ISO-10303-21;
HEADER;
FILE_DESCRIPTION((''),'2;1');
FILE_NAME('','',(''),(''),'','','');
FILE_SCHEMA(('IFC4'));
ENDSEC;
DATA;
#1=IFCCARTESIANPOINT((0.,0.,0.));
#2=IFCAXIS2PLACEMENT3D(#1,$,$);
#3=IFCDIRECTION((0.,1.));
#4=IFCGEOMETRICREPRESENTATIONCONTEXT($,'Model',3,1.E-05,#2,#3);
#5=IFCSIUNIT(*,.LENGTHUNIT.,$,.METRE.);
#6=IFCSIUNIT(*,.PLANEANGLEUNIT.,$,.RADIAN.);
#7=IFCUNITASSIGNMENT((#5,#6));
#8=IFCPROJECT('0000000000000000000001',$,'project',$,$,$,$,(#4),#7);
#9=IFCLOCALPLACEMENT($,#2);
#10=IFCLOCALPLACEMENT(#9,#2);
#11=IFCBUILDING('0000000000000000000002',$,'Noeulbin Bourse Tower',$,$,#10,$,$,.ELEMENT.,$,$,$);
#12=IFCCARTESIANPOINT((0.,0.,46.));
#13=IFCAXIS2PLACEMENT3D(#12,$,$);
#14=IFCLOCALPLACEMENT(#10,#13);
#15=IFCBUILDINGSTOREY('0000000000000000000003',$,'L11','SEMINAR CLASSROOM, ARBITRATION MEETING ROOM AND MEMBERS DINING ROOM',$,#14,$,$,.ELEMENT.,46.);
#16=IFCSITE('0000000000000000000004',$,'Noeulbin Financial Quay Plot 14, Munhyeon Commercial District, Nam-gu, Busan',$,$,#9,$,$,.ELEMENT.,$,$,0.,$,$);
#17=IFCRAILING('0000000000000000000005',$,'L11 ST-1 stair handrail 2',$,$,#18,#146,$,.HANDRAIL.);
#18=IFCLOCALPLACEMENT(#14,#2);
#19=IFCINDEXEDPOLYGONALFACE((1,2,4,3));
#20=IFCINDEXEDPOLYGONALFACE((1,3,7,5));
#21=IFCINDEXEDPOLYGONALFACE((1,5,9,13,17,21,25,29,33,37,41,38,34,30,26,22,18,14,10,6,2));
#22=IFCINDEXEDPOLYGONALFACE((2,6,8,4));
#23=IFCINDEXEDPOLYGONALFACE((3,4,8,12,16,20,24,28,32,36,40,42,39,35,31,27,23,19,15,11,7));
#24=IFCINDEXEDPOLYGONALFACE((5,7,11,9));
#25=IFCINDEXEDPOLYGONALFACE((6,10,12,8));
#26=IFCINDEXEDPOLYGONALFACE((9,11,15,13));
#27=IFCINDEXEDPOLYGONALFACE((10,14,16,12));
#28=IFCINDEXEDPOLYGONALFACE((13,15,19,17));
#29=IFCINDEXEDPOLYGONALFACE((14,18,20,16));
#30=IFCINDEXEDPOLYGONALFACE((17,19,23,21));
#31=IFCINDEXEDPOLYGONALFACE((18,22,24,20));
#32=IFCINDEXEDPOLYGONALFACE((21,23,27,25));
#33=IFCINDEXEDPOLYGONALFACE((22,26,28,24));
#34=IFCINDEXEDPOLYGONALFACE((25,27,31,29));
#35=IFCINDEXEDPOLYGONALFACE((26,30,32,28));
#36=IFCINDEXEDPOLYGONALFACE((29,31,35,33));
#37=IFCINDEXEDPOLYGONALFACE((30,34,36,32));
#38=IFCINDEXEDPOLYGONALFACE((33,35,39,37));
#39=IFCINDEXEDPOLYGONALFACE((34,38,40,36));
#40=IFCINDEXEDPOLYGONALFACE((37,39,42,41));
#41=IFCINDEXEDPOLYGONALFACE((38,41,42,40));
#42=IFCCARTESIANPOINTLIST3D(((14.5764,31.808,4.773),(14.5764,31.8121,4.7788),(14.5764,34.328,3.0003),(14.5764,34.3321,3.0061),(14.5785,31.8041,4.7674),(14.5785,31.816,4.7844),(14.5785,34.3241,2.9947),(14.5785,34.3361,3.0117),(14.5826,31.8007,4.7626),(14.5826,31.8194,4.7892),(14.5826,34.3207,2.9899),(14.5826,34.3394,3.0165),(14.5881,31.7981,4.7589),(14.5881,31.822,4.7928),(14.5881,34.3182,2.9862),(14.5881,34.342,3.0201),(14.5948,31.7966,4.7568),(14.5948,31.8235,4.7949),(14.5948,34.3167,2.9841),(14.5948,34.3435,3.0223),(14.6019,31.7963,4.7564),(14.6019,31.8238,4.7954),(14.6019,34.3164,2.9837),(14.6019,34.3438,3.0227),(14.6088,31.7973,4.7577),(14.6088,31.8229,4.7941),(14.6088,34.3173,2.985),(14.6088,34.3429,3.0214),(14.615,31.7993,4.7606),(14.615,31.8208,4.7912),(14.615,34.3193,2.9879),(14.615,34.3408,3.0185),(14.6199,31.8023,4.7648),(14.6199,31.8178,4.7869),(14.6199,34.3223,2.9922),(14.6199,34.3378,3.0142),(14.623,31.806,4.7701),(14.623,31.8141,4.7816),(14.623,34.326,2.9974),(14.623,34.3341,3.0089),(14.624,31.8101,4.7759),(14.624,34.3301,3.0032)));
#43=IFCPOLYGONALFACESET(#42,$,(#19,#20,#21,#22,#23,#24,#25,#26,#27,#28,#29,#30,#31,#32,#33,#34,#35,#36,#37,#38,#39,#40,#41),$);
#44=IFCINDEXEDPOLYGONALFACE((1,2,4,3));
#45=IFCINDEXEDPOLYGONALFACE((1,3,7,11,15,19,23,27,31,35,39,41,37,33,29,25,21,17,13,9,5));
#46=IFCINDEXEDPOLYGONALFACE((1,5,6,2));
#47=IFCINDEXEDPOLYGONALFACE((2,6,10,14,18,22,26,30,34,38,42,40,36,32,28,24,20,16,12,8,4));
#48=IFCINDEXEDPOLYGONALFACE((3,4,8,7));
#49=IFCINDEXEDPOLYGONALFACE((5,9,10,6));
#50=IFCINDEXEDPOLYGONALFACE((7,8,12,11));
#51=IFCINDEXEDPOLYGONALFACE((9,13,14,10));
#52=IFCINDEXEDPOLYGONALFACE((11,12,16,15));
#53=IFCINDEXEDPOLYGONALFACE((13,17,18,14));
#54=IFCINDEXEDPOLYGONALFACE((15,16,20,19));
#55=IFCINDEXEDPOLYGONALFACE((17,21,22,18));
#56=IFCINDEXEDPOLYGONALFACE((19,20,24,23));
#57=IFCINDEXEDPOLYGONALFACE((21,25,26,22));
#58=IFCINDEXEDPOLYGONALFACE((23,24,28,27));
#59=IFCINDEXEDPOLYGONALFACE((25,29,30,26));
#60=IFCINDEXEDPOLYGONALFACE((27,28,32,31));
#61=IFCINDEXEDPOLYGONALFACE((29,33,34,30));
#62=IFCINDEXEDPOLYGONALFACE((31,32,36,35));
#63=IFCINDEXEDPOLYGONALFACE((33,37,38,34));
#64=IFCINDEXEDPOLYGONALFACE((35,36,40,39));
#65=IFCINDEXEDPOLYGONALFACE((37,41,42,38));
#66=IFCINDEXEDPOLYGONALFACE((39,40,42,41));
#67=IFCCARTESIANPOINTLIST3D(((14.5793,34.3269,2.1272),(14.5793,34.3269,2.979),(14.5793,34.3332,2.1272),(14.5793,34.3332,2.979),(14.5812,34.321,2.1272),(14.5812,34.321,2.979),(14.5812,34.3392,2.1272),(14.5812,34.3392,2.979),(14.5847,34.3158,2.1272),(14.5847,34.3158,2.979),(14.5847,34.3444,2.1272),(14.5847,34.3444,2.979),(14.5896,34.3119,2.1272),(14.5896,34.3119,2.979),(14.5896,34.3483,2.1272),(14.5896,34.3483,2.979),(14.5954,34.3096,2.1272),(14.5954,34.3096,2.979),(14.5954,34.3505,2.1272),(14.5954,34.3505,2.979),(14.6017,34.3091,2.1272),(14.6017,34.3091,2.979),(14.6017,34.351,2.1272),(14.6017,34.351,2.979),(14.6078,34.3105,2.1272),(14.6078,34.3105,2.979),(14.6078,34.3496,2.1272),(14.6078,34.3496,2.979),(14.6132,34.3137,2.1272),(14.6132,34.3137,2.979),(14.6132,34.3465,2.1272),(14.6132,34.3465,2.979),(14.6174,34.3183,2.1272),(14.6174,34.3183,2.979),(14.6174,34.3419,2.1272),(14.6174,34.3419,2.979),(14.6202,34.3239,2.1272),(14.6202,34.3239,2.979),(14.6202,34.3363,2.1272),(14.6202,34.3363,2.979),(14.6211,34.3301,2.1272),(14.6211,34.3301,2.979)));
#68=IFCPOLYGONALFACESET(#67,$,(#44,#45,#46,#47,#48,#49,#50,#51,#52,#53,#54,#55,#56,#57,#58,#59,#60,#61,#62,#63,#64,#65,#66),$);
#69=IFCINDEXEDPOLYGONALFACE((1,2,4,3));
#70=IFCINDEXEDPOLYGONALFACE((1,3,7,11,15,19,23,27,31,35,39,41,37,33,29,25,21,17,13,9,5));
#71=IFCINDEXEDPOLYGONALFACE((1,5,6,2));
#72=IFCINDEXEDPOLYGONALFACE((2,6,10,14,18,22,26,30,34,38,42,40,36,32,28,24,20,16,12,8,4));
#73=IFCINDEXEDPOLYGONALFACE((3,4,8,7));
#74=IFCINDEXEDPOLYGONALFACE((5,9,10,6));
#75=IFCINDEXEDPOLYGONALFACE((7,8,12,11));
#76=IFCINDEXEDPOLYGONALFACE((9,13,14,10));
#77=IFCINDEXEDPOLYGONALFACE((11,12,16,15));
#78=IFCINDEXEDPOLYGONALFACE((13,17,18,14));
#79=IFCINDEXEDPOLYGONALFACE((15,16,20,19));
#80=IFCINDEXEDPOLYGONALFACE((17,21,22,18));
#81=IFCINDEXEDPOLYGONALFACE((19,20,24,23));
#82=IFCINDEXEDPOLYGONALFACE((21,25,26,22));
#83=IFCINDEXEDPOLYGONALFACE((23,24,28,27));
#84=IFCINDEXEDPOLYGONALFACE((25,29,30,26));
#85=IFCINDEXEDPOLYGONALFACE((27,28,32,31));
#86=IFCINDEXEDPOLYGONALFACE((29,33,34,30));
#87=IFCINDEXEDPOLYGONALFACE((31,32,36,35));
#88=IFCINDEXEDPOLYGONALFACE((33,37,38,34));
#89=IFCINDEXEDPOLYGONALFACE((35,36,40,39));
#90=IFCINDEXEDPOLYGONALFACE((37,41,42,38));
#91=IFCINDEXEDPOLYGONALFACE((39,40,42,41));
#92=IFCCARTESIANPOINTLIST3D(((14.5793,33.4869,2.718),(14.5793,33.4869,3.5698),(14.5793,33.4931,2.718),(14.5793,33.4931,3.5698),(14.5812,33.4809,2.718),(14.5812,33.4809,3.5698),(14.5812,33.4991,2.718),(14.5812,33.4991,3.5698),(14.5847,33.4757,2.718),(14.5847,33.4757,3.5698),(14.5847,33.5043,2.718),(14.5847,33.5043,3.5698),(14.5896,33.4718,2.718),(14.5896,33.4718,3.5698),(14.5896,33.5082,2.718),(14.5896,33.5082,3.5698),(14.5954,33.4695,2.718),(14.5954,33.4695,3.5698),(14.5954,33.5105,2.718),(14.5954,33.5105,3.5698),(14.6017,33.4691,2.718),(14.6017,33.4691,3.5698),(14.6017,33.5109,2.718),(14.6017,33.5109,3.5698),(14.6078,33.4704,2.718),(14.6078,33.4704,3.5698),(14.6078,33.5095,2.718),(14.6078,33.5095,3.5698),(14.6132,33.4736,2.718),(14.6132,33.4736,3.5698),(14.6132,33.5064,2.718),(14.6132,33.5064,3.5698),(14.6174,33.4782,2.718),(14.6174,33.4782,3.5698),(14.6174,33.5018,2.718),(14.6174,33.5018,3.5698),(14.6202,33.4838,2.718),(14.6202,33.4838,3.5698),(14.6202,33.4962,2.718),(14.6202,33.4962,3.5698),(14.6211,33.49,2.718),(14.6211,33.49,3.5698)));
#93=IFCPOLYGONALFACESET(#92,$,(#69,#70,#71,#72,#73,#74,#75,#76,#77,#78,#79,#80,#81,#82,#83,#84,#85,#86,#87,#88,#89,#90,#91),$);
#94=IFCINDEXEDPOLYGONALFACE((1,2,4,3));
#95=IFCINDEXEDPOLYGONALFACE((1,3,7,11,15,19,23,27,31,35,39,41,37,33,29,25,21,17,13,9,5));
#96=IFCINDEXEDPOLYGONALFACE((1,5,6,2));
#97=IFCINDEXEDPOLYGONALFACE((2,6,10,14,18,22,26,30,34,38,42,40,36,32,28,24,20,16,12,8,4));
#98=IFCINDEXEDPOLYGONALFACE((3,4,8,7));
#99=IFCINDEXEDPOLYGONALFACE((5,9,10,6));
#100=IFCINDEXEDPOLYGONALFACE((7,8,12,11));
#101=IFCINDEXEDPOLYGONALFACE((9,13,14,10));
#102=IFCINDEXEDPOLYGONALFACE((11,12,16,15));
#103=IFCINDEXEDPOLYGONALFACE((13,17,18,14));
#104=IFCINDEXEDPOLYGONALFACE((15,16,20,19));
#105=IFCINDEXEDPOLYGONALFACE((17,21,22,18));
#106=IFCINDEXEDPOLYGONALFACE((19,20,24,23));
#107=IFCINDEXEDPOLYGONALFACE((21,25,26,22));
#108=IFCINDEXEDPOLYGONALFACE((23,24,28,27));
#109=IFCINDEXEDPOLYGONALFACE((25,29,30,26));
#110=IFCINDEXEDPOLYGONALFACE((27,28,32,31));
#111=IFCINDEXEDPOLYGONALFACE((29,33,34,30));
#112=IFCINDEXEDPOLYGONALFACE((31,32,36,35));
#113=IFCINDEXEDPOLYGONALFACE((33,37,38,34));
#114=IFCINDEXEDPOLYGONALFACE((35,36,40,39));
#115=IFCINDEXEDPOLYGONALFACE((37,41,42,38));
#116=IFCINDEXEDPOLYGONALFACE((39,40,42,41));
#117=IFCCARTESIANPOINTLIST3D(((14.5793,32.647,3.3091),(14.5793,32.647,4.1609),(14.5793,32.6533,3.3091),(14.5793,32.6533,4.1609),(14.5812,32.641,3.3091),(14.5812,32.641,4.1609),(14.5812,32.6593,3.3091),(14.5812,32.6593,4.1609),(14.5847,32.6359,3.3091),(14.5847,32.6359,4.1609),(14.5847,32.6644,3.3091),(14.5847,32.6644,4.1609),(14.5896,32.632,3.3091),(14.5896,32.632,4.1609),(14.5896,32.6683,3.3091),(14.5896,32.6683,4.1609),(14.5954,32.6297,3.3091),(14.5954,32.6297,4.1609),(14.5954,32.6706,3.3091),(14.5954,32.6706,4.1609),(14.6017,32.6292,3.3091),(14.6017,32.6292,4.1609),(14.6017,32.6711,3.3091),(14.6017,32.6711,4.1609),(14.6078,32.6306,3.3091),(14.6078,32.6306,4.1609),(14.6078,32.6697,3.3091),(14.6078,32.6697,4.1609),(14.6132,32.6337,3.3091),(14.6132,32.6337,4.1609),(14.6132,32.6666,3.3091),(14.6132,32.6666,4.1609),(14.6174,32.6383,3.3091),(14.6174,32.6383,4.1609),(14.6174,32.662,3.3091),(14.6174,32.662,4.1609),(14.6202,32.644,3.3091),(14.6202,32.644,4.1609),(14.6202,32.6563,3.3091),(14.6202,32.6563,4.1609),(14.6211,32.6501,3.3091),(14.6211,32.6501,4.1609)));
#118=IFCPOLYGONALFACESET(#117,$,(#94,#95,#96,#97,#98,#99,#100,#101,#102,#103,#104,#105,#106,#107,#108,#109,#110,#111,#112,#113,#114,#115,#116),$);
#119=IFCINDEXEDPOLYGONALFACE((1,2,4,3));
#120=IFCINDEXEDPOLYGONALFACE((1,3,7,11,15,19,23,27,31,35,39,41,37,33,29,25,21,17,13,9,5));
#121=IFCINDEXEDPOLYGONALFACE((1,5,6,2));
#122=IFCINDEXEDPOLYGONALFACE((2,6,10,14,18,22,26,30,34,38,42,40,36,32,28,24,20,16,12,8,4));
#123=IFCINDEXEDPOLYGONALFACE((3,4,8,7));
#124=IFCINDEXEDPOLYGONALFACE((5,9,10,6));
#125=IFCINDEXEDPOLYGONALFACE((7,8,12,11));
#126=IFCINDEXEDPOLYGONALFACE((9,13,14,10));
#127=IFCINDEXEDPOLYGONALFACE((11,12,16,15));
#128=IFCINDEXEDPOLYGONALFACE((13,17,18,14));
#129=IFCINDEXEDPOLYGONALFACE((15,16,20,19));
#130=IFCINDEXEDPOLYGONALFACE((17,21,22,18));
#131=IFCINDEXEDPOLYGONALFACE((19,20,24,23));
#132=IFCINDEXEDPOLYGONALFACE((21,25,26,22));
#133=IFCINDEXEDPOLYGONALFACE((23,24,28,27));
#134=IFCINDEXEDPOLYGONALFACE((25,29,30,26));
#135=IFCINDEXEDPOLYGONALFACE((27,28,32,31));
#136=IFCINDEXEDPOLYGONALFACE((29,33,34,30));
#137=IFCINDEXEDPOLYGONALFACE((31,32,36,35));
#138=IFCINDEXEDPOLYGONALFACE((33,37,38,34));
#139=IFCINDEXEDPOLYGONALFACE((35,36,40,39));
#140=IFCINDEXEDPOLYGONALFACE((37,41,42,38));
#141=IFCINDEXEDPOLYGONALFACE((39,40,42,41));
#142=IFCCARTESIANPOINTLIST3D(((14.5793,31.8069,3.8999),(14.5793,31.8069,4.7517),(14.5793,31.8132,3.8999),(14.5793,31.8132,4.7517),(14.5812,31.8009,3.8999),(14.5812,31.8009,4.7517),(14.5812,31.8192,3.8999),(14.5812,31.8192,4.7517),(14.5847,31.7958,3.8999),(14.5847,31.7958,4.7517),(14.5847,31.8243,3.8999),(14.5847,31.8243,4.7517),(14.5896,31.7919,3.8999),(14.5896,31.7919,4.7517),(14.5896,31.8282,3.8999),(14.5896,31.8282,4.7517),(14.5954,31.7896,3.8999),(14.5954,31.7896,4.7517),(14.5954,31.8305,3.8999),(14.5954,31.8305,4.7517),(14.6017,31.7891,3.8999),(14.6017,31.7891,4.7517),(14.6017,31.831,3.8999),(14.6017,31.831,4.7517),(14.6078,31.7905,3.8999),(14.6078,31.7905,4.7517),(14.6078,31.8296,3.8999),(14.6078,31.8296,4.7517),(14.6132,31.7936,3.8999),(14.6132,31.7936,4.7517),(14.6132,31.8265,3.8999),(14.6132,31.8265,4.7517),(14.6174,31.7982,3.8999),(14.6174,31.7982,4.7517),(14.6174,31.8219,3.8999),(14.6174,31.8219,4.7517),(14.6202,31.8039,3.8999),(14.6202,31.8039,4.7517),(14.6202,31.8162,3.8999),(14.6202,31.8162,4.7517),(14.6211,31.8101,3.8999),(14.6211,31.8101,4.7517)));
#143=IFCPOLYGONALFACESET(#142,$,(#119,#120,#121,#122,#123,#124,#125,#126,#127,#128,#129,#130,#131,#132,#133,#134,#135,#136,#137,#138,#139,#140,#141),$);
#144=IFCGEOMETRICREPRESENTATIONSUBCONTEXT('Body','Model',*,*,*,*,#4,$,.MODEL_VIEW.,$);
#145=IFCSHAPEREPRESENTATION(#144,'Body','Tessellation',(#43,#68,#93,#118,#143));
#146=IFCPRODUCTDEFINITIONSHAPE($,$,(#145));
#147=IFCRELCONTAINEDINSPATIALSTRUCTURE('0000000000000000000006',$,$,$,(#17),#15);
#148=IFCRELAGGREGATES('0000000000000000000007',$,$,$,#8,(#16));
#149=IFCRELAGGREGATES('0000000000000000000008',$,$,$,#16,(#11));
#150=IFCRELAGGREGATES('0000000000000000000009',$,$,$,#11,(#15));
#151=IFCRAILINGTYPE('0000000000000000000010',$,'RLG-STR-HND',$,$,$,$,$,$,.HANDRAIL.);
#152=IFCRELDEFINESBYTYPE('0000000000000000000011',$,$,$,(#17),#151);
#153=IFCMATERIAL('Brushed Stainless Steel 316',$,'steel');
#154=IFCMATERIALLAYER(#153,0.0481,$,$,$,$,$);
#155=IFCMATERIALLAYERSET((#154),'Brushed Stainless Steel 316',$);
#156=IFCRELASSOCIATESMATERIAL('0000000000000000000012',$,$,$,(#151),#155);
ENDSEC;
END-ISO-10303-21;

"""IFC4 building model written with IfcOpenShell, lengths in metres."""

from ifc_helpers import new_model, si_unit, direction, frame, origin, origin_2d, place, context, subcontext, project, spatial, circle, extrude, material, layer, layer_set, type_object, element, save


model = new_model("IFC4")

# Units and contexts
model_context = context("Model", 3, precision=1e-05, world=origin(), true_north=direction((0.0, 1.0)))
body_context = subcontext(model_context, "Body", "Model", "MODEL_VIEW")
ifc_project = project(units=[si_unit("LENGTHUNIT", "METRE"), si_unit("PLANEANGLEUNIT", "RADIAN")], contexts=[model_context])

# Site, building, storey
site_placement = place(None, origin())
site = spatial("IfcSite", under=ifc_project, at=site_placement, Name="Noeulbin Financial Quay Plot 14, Munhyeon Commercial District, Nam-gu, Busan", CompositionType="ELEMENT", RefElevation=0.0)
building_placement = place(site_placement, origin())
building = spatial("IfcBuilding", under=site, at=building_placement, Name="Noeulbin Bourse Tower", CompositionType="ELEMENT")
storey_placement = place(building_placement, frame((0.0, 0.0, 46.0)))
storey = spatial("IfcBuildingStorey", under=building, at=storey_placement, Name="L11", Description="SEMINAR CLASSROOM, ARBITRATION MEETING ROOM AND MEMBERS DINING ROOM", CompositionType="ELEMENT", Elevation=46.0)

# Shared definitions
ifc_material_1 = material(Name="Brushed Stainless Steel 316", Category="steel")

# Railing
ifc_layer_1 = layer(ifc_material_1, 0.0481)
ifc_layer_set_1 = layer_set([ifc_layer_1], Name="Brushed Stainless Steel 316")
railing_type_1 = type_object("IfcRailingType", Name="RLG-STR-HND", PredefinedType="HANDRAIL", material=ifc_layer_set_1)
railing_1_placement = place(storey_placement, frame((14.6001, 34.3301, 2.1272)))
element("IfcRailing", 1, at=railing_1_placement, inside=storey, type_object=railing_type_1, Name="L11 ST-1 stair handrail 2", PredefinedType="HANDRAIL", context=body_context, shape_type="SweptSolid", body=[
    extrude(circle(Radius=0.0239, at=origin_2d()), frame((0.0, 0.0, 0.876), z_axis=(0.0, -0.817904, 0.575354), x_axis=(1.0, 0.0, 0.0)), (0.0, 0.0, 1.0), 3.0811),
    extrude(circle(Radius=0.021, at=origin_2d()), origin(), (0.0, 0.0, 1.0), 0.8518),
    extrude(circle(Radius=0.021, at=origin_2d()), frame((0.0, -0.8401, 0.5908)), (0.0, 0.0, 1.0), 0.8518),
    extrude(circle(Radius=0.021, at=origin_2d()), frame((0.0, -1.6799, 1.1819)), (0.0, 0.0, 1.0), 0.8518),
    extrude(circle(Radius=0.021, at=origin_2d()), frame((0.0, -2.52, 1.7727)), (0.0, 0.0, 1.0), 0.8518),
])

save(model, "model.ifc")
